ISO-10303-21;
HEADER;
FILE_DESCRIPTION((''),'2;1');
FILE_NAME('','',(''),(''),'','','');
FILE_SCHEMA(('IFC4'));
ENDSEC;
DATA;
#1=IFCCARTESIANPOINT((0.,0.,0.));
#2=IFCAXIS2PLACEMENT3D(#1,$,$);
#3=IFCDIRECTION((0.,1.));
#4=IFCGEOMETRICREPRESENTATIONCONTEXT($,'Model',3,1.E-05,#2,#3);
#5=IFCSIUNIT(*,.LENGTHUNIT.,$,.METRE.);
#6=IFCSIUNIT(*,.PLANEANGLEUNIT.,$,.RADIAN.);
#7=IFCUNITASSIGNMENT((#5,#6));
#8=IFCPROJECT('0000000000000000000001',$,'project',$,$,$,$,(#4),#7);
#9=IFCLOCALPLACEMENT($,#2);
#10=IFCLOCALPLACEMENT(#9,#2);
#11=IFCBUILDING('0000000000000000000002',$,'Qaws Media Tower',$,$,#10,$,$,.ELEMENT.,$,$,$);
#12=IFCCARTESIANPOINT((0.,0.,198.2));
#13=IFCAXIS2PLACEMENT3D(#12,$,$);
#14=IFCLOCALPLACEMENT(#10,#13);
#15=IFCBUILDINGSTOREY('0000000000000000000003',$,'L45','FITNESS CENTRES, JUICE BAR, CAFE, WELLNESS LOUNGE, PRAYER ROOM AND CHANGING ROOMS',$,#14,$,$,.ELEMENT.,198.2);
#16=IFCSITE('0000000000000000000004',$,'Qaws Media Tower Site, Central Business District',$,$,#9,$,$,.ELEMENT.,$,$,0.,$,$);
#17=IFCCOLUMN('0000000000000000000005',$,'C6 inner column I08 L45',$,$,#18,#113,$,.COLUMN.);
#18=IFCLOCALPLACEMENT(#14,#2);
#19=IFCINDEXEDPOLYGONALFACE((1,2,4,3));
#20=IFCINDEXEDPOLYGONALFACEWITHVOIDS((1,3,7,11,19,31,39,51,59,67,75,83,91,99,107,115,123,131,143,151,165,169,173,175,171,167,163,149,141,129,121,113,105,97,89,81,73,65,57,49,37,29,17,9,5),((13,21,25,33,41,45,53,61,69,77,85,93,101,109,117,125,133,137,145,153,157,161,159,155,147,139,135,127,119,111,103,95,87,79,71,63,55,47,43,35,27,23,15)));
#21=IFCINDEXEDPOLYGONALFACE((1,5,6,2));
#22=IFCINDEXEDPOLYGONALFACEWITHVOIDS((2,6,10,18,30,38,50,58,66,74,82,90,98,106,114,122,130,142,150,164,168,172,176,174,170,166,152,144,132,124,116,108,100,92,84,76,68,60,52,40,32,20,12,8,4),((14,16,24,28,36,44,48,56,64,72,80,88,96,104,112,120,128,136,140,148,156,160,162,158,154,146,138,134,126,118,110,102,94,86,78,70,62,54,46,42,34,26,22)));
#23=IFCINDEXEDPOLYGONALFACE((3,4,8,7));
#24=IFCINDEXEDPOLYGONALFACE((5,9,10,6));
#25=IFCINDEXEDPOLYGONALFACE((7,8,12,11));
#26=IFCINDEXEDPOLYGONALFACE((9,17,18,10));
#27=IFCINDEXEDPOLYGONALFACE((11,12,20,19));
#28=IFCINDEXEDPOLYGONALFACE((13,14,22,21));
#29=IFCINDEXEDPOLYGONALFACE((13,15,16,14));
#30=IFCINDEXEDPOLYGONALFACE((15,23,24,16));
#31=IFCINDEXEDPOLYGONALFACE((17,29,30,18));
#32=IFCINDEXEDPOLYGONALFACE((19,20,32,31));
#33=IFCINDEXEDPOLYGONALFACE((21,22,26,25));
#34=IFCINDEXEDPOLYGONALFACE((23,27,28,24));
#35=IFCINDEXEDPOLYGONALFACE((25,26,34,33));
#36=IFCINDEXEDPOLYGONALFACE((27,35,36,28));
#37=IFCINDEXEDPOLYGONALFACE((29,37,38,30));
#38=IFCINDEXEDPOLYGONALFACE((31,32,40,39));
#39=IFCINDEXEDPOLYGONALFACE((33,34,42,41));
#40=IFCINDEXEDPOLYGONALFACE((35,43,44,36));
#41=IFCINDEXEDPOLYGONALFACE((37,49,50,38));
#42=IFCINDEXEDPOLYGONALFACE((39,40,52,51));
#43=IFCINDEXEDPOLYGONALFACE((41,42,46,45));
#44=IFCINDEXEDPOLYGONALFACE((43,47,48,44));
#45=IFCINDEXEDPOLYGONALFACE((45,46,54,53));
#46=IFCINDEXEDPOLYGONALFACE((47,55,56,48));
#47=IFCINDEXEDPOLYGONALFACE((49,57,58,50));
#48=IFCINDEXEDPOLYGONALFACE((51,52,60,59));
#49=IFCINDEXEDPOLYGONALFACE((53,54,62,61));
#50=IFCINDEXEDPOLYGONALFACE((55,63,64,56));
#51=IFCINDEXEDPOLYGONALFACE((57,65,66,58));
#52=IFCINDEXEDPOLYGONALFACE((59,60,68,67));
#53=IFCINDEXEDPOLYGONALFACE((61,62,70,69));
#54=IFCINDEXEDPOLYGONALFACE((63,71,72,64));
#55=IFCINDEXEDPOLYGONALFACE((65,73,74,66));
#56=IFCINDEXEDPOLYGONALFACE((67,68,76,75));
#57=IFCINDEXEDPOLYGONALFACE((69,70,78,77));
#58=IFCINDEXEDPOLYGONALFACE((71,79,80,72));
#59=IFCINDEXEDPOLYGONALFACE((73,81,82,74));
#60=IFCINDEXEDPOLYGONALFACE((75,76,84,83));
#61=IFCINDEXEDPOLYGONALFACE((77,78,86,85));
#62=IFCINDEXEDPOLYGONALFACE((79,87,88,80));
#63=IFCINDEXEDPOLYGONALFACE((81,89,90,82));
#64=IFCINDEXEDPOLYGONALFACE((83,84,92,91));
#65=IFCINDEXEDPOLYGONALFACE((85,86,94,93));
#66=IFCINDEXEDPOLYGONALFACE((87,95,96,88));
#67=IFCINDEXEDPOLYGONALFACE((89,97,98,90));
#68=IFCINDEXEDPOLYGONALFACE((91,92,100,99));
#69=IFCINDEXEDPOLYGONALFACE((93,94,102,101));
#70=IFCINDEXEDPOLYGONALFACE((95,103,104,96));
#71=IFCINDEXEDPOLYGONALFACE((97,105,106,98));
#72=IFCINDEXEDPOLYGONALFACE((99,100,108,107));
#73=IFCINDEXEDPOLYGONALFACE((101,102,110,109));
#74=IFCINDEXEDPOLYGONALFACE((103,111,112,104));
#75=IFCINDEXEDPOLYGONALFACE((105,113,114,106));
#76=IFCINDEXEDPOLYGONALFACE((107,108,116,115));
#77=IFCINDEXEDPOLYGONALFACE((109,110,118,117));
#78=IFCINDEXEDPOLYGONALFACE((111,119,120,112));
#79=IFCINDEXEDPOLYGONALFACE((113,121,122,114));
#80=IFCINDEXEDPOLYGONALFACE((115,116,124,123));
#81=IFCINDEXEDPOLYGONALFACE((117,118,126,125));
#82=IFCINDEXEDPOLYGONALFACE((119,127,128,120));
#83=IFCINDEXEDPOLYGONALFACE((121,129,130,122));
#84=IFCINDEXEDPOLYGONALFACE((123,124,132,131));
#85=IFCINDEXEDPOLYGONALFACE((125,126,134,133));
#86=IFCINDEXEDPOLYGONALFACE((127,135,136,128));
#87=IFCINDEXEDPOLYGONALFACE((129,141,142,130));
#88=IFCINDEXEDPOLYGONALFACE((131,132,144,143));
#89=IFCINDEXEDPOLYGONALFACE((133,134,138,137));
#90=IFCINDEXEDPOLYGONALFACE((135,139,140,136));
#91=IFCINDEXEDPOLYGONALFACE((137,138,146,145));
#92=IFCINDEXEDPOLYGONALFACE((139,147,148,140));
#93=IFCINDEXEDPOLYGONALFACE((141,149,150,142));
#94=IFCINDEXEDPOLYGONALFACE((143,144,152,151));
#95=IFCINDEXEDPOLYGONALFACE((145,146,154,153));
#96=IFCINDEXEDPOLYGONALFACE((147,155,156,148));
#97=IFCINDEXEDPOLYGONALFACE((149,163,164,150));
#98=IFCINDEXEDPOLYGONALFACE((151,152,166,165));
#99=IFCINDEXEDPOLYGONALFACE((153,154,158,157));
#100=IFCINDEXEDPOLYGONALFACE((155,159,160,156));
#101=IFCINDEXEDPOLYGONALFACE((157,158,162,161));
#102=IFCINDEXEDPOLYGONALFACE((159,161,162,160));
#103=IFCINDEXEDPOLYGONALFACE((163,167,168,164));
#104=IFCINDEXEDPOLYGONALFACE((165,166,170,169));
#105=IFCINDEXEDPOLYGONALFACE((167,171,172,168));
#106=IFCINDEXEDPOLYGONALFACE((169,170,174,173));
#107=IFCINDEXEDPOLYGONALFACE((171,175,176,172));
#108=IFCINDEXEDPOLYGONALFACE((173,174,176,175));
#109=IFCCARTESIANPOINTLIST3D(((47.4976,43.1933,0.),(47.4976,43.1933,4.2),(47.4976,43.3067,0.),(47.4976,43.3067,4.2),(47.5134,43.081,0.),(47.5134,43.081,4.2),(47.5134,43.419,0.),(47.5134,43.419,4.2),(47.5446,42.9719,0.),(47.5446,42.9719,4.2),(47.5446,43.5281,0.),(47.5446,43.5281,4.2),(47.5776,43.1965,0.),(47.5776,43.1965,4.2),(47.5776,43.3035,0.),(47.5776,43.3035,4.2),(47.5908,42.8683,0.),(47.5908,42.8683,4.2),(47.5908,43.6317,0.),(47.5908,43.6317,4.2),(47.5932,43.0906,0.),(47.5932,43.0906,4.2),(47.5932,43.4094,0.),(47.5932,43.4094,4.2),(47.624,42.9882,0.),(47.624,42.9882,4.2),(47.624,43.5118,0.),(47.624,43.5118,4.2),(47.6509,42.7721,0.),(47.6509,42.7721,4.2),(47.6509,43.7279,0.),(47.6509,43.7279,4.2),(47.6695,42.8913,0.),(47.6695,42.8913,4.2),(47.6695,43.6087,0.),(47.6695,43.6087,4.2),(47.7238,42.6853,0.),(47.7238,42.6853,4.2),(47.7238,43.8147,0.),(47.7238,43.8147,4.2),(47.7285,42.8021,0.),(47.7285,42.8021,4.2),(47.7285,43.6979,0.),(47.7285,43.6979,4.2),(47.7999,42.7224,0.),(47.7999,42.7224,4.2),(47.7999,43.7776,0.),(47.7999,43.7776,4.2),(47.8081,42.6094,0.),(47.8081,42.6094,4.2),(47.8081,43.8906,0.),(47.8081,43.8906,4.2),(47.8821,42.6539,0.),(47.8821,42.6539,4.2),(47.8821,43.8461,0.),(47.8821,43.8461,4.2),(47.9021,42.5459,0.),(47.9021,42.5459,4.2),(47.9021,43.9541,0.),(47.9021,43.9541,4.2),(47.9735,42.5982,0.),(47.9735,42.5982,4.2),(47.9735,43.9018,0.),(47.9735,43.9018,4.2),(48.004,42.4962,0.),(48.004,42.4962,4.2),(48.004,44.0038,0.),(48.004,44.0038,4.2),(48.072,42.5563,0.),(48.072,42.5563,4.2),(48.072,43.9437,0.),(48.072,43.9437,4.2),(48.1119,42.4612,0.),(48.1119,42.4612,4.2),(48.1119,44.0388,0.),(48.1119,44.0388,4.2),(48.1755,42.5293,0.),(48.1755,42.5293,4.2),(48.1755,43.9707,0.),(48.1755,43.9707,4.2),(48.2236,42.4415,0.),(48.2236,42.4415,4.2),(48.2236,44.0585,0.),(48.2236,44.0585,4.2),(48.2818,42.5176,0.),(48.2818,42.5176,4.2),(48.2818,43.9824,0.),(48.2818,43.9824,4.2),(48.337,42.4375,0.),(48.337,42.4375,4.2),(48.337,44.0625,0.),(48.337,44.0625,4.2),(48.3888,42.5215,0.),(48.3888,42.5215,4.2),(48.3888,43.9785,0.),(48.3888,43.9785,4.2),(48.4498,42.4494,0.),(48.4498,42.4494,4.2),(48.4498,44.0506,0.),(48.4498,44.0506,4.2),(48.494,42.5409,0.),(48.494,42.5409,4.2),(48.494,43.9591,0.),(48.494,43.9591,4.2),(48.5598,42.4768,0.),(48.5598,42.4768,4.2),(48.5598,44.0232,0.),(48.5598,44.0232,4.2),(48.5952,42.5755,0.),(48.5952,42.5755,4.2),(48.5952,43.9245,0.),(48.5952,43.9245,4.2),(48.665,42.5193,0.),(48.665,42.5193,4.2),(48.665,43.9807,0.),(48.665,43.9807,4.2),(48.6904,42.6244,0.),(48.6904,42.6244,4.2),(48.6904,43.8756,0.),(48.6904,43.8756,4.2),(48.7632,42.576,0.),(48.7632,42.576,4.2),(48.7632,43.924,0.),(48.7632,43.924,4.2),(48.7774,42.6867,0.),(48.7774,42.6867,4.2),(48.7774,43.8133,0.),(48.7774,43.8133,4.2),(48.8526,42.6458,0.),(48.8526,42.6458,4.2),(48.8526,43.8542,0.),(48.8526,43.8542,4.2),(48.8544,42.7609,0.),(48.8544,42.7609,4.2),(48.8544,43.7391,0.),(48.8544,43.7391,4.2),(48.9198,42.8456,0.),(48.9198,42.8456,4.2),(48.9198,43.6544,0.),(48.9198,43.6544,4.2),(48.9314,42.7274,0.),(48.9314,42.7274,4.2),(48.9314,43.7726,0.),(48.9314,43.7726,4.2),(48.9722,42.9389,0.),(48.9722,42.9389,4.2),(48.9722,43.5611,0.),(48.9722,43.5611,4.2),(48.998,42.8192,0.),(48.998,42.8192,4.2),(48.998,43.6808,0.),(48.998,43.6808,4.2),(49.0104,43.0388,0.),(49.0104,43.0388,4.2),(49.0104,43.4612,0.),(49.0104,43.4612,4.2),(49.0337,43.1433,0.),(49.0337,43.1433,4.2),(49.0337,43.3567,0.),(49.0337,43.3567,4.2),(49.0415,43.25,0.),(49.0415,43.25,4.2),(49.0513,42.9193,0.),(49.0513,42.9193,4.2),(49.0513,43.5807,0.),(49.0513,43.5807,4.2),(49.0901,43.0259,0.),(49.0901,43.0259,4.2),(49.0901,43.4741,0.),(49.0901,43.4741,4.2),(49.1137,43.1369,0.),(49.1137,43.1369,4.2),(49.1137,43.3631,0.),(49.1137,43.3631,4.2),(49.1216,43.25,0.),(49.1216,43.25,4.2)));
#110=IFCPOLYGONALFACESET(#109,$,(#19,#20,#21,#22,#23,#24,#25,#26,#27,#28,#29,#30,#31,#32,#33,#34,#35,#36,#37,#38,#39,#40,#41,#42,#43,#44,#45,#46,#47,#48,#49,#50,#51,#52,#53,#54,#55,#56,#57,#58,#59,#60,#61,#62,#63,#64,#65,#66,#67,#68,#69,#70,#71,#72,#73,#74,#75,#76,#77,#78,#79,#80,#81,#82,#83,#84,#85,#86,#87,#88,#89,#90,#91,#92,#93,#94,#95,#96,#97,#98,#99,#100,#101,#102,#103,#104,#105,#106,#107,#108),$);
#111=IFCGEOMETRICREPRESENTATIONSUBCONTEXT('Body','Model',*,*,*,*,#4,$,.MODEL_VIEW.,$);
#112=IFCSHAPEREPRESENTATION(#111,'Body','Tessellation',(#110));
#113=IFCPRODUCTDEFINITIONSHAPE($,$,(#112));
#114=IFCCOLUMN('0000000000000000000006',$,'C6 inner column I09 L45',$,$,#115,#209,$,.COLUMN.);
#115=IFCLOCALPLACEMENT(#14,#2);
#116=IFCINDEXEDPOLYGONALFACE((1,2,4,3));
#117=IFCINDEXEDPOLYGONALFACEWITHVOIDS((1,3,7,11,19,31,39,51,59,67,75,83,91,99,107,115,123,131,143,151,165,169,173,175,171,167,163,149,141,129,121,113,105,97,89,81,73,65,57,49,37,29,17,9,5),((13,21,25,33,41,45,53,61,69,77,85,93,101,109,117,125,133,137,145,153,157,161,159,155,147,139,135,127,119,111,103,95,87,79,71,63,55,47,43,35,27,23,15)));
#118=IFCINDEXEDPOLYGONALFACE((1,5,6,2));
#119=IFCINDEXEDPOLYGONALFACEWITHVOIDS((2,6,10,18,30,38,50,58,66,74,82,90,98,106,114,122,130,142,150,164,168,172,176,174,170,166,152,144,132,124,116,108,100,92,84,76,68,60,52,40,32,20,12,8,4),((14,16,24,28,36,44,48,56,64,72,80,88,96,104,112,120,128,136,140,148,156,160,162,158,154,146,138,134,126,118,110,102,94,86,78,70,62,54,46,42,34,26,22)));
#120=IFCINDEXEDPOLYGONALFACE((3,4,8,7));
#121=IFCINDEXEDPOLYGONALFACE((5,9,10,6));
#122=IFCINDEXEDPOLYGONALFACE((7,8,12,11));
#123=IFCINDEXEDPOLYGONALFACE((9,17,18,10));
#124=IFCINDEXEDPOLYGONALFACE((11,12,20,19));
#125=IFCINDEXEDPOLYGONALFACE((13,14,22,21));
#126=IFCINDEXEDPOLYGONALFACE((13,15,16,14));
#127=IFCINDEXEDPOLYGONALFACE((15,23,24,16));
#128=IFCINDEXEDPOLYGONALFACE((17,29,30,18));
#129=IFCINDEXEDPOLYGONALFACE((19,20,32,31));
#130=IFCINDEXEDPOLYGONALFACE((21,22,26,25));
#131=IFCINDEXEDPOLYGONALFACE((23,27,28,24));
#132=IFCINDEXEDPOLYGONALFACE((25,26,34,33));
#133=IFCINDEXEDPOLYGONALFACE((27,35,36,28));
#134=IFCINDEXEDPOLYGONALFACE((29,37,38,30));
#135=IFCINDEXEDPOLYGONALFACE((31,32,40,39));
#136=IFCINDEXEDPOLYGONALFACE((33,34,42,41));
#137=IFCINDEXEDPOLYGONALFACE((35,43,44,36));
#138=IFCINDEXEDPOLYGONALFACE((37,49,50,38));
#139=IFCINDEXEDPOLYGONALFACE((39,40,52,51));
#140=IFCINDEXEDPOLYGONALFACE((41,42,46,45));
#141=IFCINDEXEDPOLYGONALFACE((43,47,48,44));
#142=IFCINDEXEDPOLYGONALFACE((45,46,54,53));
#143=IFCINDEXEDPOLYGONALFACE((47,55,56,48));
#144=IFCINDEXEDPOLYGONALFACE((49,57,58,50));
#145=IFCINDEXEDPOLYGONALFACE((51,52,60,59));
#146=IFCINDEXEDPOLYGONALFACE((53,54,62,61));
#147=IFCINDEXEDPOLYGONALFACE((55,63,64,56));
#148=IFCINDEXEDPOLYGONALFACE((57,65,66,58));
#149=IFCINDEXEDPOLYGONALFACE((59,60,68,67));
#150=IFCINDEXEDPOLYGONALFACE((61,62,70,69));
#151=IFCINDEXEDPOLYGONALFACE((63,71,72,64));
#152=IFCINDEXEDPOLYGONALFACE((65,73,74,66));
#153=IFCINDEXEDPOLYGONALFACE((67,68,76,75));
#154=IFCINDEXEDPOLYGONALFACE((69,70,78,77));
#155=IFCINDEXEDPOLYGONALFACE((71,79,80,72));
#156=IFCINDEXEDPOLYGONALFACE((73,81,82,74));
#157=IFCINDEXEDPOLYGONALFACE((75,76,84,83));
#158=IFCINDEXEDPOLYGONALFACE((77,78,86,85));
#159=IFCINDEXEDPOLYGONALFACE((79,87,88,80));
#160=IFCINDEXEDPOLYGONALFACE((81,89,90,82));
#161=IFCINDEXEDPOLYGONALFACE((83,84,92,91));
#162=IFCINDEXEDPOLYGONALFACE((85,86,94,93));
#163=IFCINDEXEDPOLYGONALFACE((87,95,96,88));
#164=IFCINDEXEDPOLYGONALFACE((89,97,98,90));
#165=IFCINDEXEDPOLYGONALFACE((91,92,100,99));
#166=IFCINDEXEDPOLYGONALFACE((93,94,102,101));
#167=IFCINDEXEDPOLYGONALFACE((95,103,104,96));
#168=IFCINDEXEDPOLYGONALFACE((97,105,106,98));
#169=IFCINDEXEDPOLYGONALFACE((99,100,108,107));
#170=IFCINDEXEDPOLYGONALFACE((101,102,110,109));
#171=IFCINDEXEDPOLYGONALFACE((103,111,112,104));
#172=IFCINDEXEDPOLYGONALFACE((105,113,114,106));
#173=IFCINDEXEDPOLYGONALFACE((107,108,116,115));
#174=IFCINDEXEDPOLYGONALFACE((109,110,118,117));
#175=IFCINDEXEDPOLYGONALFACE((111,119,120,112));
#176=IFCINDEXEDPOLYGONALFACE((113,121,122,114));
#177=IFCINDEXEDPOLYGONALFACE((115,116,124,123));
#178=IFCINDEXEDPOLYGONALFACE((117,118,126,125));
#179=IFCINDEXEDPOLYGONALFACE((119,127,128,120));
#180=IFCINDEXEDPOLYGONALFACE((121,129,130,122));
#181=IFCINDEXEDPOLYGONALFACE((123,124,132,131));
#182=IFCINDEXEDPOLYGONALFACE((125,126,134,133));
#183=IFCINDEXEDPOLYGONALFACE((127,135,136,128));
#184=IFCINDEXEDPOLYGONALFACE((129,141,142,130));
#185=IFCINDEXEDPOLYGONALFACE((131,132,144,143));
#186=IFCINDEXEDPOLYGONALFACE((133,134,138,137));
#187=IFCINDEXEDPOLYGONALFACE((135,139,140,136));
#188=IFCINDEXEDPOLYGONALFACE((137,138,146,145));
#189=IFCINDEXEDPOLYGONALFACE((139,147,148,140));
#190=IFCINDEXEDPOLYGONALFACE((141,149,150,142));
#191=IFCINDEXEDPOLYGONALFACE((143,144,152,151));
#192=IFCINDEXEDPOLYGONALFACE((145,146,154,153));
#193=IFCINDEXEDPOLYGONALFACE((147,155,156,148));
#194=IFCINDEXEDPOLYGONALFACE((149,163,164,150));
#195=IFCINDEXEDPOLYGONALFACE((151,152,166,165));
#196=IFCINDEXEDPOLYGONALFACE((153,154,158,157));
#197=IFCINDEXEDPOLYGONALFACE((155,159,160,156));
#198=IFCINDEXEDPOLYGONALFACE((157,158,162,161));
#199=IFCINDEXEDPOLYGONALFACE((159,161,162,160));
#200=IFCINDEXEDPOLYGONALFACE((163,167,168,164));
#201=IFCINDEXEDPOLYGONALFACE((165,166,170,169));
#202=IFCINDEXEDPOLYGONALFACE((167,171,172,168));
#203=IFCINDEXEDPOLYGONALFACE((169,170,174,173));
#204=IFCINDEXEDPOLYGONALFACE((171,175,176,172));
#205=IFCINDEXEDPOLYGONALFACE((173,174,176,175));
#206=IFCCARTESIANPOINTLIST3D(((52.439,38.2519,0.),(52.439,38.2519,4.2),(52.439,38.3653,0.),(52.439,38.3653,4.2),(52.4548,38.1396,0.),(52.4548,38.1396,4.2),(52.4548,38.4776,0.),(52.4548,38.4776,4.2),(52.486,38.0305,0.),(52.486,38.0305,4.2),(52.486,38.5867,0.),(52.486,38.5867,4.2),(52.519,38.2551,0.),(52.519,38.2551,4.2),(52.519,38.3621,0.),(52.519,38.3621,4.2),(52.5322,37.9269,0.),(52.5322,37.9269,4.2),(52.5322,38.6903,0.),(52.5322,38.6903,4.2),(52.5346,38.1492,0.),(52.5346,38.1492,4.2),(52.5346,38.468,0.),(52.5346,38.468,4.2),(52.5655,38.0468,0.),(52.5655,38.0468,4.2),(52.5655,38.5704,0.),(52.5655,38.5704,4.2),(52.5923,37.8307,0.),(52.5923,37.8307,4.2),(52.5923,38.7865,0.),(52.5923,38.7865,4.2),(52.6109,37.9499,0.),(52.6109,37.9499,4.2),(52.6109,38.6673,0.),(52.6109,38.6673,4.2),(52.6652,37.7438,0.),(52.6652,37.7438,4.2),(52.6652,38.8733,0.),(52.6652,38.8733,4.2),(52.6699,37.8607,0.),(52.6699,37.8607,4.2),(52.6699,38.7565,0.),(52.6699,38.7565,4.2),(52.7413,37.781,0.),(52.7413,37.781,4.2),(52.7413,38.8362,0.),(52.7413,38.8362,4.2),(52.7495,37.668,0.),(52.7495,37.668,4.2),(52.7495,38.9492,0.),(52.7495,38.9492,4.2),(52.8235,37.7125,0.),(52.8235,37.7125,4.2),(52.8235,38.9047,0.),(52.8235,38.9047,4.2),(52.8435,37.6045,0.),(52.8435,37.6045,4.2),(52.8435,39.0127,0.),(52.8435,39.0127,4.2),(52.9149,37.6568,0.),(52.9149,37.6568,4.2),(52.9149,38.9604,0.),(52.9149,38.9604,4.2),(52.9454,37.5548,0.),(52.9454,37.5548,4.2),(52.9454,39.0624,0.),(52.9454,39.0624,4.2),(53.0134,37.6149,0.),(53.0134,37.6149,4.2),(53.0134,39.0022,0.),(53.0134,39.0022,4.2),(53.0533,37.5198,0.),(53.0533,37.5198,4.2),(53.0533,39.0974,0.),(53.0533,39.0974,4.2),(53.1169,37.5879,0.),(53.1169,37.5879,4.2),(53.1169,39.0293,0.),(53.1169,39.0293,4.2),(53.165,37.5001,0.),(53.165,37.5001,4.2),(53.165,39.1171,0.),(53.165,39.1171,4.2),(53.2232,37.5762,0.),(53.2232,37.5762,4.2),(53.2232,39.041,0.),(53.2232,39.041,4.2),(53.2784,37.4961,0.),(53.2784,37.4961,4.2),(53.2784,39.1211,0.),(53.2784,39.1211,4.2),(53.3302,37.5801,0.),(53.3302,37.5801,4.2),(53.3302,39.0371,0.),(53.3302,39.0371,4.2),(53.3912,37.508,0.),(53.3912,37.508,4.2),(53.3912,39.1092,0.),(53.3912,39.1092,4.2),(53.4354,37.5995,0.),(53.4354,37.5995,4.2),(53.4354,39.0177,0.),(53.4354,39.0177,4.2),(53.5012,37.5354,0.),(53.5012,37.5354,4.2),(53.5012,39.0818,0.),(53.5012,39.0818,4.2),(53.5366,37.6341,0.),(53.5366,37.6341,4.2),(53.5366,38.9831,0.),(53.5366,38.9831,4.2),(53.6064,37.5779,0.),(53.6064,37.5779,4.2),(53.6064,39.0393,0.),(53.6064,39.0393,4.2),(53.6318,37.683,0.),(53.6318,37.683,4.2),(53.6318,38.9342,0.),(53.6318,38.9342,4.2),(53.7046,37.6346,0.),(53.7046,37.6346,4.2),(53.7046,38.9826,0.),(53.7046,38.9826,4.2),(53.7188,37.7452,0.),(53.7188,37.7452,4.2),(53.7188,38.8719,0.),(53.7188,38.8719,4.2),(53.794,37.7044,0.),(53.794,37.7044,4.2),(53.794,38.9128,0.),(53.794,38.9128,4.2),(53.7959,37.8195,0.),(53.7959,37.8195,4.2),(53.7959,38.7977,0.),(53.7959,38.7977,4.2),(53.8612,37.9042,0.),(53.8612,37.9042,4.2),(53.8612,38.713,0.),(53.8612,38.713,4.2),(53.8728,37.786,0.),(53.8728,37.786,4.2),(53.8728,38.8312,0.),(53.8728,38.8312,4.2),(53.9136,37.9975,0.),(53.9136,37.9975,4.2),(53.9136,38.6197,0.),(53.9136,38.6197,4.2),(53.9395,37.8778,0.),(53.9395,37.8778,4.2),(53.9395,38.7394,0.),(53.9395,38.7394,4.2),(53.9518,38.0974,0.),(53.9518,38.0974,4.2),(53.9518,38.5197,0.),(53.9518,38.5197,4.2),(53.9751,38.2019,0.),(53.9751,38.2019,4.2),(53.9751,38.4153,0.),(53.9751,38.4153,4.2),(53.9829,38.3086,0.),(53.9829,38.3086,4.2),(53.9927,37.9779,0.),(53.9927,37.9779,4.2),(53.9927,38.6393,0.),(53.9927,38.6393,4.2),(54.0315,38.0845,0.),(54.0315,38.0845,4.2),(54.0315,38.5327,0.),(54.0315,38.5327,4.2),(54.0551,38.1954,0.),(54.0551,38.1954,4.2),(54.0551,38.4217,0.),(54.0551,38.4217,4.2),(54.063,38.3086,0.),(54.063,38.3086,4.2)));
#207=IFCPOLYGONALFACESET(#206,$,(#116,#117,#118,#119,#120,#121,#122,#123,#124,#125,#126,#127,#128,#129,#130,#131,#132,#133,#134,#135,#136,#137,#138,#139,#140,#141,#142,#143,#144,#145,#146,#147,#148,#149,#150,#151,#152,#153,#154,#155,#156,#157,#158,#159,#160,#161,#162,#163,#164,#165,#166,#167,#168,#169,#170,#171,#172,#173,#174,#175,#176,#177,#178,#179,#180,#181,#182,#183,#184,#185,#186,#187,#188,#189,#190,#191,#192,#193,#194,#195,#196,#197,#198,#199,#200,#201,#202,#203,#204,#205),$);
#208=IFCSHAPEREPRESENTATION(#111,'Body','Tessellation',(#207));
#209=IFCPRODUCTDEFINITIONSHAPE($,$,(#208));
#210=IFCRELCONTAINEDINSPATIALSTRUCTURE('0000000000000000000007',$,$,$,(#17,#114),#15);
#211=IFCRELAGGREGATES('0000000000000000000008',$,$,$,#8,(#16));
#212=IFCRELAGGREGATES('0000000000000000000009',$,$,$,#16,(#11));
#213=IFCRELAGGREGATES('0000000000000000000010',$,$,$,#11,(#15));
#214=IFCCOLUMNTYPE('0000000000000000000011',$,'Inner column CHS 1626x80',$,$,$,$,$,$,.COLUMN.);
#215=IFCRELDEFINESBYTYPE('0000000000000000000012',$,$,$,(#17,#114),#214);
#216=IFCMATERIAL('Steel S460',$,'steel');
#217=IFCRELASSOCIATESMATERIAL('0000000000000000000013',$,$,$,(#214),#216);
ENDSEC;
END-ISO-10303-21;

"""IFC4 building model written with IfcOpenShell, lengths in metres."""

from ifc_helpers import new_model, si_unit, direction, frame, origin, origin_2d, place, context, subcontext, project, spatial, hollow_circle, extrude, material, material_profile, profile_set, type_object, element, save


model = new_model("IFC4")

# Units and contexts
model_context = context("Model", 3, precision=1e-05, world=origin(), true_north=direction((0.0, 1.0)))
body_context = subcontext(model_context, "Body", "Model", "MODEL_VIEW")
ifc_project = project(units=[si_unit("LENGTHUNIT", "METRE"), si_unit("PLANEANGLEUNIT", "RADIAN")], contexts=[model_context])

# Site, building, storey
site_placement = place(None, origin())
site = spatial("IfcSite", under=ifc_project, at=site_placement, Name="Qaws Media Tower Site, Central Business District", CompositionType="ELEMENT", RefElevation=0.0)
building_placement = place(site_placement, origin())
building = spatial("IfcBuilding", under=site, at=building_placement, Name="Qaws Media Tower", CompositionType="ELEMENT")
storey_placement = place(building_placement, frame((0.0, 0.0, 198.2)))
storey = spatial("IfcBuildingStorey", under=building, at=storey_placement, Name="L45", Description="FITNESS CENTRES, JUICE BAR, CAFE, WELLNESS LOUNGE, PRAYER ROOM AND CHANGING ROOMS", CompositionType="ELEMENT", Elevation=198.2)

# Columns
ifc_material_1 = material(Name="Steel S460", Category="steel")
ifc_material_profile_1 = material_profile(ifc_material_1, hollow_circle(Radius=0.813, WallThickness=0.0801, at=origin_2d()), Name="CHS 1626x80")
ifc_profile_set_1 = profile_set([ifc_material_profile_1], Name="Steel S460")
column_type = type_object("IfcColumnType", Name="Inner column CHS 1626x80", PredefinedType="COLUMN", material=ifc_profile_set_1)
for number, where, z_axis, x_axis, name in (
    (1, (48.3086, 43.25, 0.0), (0.0, 0.0, 1.0), (1.0, 0.0, 0.0), "C6 inner column I08 L45"),
    (2, (53.25, 38.3086, 0.0), (0.0, 0.0, 1.0), (1.0, 0.0, 0.0), "C6 inner column I09 L45"),
):
    element("IfcColumn", number, at=place(storey_placement, frame(where, z_axis=z_axis, x_axis=x_axis)), inside=storey, type_object=column_type, Name=name, PredefinedType="COLUMN", context=body_context, shape_type="SweptSolid", body=[
        extrude(hollow_circle(Radius=0.813, WallThickness=0.0801, at=origin_2d()), origin(), (0.0, 0.0, 1.0), 4.2),
    ])

save(model, "model.ifc")
